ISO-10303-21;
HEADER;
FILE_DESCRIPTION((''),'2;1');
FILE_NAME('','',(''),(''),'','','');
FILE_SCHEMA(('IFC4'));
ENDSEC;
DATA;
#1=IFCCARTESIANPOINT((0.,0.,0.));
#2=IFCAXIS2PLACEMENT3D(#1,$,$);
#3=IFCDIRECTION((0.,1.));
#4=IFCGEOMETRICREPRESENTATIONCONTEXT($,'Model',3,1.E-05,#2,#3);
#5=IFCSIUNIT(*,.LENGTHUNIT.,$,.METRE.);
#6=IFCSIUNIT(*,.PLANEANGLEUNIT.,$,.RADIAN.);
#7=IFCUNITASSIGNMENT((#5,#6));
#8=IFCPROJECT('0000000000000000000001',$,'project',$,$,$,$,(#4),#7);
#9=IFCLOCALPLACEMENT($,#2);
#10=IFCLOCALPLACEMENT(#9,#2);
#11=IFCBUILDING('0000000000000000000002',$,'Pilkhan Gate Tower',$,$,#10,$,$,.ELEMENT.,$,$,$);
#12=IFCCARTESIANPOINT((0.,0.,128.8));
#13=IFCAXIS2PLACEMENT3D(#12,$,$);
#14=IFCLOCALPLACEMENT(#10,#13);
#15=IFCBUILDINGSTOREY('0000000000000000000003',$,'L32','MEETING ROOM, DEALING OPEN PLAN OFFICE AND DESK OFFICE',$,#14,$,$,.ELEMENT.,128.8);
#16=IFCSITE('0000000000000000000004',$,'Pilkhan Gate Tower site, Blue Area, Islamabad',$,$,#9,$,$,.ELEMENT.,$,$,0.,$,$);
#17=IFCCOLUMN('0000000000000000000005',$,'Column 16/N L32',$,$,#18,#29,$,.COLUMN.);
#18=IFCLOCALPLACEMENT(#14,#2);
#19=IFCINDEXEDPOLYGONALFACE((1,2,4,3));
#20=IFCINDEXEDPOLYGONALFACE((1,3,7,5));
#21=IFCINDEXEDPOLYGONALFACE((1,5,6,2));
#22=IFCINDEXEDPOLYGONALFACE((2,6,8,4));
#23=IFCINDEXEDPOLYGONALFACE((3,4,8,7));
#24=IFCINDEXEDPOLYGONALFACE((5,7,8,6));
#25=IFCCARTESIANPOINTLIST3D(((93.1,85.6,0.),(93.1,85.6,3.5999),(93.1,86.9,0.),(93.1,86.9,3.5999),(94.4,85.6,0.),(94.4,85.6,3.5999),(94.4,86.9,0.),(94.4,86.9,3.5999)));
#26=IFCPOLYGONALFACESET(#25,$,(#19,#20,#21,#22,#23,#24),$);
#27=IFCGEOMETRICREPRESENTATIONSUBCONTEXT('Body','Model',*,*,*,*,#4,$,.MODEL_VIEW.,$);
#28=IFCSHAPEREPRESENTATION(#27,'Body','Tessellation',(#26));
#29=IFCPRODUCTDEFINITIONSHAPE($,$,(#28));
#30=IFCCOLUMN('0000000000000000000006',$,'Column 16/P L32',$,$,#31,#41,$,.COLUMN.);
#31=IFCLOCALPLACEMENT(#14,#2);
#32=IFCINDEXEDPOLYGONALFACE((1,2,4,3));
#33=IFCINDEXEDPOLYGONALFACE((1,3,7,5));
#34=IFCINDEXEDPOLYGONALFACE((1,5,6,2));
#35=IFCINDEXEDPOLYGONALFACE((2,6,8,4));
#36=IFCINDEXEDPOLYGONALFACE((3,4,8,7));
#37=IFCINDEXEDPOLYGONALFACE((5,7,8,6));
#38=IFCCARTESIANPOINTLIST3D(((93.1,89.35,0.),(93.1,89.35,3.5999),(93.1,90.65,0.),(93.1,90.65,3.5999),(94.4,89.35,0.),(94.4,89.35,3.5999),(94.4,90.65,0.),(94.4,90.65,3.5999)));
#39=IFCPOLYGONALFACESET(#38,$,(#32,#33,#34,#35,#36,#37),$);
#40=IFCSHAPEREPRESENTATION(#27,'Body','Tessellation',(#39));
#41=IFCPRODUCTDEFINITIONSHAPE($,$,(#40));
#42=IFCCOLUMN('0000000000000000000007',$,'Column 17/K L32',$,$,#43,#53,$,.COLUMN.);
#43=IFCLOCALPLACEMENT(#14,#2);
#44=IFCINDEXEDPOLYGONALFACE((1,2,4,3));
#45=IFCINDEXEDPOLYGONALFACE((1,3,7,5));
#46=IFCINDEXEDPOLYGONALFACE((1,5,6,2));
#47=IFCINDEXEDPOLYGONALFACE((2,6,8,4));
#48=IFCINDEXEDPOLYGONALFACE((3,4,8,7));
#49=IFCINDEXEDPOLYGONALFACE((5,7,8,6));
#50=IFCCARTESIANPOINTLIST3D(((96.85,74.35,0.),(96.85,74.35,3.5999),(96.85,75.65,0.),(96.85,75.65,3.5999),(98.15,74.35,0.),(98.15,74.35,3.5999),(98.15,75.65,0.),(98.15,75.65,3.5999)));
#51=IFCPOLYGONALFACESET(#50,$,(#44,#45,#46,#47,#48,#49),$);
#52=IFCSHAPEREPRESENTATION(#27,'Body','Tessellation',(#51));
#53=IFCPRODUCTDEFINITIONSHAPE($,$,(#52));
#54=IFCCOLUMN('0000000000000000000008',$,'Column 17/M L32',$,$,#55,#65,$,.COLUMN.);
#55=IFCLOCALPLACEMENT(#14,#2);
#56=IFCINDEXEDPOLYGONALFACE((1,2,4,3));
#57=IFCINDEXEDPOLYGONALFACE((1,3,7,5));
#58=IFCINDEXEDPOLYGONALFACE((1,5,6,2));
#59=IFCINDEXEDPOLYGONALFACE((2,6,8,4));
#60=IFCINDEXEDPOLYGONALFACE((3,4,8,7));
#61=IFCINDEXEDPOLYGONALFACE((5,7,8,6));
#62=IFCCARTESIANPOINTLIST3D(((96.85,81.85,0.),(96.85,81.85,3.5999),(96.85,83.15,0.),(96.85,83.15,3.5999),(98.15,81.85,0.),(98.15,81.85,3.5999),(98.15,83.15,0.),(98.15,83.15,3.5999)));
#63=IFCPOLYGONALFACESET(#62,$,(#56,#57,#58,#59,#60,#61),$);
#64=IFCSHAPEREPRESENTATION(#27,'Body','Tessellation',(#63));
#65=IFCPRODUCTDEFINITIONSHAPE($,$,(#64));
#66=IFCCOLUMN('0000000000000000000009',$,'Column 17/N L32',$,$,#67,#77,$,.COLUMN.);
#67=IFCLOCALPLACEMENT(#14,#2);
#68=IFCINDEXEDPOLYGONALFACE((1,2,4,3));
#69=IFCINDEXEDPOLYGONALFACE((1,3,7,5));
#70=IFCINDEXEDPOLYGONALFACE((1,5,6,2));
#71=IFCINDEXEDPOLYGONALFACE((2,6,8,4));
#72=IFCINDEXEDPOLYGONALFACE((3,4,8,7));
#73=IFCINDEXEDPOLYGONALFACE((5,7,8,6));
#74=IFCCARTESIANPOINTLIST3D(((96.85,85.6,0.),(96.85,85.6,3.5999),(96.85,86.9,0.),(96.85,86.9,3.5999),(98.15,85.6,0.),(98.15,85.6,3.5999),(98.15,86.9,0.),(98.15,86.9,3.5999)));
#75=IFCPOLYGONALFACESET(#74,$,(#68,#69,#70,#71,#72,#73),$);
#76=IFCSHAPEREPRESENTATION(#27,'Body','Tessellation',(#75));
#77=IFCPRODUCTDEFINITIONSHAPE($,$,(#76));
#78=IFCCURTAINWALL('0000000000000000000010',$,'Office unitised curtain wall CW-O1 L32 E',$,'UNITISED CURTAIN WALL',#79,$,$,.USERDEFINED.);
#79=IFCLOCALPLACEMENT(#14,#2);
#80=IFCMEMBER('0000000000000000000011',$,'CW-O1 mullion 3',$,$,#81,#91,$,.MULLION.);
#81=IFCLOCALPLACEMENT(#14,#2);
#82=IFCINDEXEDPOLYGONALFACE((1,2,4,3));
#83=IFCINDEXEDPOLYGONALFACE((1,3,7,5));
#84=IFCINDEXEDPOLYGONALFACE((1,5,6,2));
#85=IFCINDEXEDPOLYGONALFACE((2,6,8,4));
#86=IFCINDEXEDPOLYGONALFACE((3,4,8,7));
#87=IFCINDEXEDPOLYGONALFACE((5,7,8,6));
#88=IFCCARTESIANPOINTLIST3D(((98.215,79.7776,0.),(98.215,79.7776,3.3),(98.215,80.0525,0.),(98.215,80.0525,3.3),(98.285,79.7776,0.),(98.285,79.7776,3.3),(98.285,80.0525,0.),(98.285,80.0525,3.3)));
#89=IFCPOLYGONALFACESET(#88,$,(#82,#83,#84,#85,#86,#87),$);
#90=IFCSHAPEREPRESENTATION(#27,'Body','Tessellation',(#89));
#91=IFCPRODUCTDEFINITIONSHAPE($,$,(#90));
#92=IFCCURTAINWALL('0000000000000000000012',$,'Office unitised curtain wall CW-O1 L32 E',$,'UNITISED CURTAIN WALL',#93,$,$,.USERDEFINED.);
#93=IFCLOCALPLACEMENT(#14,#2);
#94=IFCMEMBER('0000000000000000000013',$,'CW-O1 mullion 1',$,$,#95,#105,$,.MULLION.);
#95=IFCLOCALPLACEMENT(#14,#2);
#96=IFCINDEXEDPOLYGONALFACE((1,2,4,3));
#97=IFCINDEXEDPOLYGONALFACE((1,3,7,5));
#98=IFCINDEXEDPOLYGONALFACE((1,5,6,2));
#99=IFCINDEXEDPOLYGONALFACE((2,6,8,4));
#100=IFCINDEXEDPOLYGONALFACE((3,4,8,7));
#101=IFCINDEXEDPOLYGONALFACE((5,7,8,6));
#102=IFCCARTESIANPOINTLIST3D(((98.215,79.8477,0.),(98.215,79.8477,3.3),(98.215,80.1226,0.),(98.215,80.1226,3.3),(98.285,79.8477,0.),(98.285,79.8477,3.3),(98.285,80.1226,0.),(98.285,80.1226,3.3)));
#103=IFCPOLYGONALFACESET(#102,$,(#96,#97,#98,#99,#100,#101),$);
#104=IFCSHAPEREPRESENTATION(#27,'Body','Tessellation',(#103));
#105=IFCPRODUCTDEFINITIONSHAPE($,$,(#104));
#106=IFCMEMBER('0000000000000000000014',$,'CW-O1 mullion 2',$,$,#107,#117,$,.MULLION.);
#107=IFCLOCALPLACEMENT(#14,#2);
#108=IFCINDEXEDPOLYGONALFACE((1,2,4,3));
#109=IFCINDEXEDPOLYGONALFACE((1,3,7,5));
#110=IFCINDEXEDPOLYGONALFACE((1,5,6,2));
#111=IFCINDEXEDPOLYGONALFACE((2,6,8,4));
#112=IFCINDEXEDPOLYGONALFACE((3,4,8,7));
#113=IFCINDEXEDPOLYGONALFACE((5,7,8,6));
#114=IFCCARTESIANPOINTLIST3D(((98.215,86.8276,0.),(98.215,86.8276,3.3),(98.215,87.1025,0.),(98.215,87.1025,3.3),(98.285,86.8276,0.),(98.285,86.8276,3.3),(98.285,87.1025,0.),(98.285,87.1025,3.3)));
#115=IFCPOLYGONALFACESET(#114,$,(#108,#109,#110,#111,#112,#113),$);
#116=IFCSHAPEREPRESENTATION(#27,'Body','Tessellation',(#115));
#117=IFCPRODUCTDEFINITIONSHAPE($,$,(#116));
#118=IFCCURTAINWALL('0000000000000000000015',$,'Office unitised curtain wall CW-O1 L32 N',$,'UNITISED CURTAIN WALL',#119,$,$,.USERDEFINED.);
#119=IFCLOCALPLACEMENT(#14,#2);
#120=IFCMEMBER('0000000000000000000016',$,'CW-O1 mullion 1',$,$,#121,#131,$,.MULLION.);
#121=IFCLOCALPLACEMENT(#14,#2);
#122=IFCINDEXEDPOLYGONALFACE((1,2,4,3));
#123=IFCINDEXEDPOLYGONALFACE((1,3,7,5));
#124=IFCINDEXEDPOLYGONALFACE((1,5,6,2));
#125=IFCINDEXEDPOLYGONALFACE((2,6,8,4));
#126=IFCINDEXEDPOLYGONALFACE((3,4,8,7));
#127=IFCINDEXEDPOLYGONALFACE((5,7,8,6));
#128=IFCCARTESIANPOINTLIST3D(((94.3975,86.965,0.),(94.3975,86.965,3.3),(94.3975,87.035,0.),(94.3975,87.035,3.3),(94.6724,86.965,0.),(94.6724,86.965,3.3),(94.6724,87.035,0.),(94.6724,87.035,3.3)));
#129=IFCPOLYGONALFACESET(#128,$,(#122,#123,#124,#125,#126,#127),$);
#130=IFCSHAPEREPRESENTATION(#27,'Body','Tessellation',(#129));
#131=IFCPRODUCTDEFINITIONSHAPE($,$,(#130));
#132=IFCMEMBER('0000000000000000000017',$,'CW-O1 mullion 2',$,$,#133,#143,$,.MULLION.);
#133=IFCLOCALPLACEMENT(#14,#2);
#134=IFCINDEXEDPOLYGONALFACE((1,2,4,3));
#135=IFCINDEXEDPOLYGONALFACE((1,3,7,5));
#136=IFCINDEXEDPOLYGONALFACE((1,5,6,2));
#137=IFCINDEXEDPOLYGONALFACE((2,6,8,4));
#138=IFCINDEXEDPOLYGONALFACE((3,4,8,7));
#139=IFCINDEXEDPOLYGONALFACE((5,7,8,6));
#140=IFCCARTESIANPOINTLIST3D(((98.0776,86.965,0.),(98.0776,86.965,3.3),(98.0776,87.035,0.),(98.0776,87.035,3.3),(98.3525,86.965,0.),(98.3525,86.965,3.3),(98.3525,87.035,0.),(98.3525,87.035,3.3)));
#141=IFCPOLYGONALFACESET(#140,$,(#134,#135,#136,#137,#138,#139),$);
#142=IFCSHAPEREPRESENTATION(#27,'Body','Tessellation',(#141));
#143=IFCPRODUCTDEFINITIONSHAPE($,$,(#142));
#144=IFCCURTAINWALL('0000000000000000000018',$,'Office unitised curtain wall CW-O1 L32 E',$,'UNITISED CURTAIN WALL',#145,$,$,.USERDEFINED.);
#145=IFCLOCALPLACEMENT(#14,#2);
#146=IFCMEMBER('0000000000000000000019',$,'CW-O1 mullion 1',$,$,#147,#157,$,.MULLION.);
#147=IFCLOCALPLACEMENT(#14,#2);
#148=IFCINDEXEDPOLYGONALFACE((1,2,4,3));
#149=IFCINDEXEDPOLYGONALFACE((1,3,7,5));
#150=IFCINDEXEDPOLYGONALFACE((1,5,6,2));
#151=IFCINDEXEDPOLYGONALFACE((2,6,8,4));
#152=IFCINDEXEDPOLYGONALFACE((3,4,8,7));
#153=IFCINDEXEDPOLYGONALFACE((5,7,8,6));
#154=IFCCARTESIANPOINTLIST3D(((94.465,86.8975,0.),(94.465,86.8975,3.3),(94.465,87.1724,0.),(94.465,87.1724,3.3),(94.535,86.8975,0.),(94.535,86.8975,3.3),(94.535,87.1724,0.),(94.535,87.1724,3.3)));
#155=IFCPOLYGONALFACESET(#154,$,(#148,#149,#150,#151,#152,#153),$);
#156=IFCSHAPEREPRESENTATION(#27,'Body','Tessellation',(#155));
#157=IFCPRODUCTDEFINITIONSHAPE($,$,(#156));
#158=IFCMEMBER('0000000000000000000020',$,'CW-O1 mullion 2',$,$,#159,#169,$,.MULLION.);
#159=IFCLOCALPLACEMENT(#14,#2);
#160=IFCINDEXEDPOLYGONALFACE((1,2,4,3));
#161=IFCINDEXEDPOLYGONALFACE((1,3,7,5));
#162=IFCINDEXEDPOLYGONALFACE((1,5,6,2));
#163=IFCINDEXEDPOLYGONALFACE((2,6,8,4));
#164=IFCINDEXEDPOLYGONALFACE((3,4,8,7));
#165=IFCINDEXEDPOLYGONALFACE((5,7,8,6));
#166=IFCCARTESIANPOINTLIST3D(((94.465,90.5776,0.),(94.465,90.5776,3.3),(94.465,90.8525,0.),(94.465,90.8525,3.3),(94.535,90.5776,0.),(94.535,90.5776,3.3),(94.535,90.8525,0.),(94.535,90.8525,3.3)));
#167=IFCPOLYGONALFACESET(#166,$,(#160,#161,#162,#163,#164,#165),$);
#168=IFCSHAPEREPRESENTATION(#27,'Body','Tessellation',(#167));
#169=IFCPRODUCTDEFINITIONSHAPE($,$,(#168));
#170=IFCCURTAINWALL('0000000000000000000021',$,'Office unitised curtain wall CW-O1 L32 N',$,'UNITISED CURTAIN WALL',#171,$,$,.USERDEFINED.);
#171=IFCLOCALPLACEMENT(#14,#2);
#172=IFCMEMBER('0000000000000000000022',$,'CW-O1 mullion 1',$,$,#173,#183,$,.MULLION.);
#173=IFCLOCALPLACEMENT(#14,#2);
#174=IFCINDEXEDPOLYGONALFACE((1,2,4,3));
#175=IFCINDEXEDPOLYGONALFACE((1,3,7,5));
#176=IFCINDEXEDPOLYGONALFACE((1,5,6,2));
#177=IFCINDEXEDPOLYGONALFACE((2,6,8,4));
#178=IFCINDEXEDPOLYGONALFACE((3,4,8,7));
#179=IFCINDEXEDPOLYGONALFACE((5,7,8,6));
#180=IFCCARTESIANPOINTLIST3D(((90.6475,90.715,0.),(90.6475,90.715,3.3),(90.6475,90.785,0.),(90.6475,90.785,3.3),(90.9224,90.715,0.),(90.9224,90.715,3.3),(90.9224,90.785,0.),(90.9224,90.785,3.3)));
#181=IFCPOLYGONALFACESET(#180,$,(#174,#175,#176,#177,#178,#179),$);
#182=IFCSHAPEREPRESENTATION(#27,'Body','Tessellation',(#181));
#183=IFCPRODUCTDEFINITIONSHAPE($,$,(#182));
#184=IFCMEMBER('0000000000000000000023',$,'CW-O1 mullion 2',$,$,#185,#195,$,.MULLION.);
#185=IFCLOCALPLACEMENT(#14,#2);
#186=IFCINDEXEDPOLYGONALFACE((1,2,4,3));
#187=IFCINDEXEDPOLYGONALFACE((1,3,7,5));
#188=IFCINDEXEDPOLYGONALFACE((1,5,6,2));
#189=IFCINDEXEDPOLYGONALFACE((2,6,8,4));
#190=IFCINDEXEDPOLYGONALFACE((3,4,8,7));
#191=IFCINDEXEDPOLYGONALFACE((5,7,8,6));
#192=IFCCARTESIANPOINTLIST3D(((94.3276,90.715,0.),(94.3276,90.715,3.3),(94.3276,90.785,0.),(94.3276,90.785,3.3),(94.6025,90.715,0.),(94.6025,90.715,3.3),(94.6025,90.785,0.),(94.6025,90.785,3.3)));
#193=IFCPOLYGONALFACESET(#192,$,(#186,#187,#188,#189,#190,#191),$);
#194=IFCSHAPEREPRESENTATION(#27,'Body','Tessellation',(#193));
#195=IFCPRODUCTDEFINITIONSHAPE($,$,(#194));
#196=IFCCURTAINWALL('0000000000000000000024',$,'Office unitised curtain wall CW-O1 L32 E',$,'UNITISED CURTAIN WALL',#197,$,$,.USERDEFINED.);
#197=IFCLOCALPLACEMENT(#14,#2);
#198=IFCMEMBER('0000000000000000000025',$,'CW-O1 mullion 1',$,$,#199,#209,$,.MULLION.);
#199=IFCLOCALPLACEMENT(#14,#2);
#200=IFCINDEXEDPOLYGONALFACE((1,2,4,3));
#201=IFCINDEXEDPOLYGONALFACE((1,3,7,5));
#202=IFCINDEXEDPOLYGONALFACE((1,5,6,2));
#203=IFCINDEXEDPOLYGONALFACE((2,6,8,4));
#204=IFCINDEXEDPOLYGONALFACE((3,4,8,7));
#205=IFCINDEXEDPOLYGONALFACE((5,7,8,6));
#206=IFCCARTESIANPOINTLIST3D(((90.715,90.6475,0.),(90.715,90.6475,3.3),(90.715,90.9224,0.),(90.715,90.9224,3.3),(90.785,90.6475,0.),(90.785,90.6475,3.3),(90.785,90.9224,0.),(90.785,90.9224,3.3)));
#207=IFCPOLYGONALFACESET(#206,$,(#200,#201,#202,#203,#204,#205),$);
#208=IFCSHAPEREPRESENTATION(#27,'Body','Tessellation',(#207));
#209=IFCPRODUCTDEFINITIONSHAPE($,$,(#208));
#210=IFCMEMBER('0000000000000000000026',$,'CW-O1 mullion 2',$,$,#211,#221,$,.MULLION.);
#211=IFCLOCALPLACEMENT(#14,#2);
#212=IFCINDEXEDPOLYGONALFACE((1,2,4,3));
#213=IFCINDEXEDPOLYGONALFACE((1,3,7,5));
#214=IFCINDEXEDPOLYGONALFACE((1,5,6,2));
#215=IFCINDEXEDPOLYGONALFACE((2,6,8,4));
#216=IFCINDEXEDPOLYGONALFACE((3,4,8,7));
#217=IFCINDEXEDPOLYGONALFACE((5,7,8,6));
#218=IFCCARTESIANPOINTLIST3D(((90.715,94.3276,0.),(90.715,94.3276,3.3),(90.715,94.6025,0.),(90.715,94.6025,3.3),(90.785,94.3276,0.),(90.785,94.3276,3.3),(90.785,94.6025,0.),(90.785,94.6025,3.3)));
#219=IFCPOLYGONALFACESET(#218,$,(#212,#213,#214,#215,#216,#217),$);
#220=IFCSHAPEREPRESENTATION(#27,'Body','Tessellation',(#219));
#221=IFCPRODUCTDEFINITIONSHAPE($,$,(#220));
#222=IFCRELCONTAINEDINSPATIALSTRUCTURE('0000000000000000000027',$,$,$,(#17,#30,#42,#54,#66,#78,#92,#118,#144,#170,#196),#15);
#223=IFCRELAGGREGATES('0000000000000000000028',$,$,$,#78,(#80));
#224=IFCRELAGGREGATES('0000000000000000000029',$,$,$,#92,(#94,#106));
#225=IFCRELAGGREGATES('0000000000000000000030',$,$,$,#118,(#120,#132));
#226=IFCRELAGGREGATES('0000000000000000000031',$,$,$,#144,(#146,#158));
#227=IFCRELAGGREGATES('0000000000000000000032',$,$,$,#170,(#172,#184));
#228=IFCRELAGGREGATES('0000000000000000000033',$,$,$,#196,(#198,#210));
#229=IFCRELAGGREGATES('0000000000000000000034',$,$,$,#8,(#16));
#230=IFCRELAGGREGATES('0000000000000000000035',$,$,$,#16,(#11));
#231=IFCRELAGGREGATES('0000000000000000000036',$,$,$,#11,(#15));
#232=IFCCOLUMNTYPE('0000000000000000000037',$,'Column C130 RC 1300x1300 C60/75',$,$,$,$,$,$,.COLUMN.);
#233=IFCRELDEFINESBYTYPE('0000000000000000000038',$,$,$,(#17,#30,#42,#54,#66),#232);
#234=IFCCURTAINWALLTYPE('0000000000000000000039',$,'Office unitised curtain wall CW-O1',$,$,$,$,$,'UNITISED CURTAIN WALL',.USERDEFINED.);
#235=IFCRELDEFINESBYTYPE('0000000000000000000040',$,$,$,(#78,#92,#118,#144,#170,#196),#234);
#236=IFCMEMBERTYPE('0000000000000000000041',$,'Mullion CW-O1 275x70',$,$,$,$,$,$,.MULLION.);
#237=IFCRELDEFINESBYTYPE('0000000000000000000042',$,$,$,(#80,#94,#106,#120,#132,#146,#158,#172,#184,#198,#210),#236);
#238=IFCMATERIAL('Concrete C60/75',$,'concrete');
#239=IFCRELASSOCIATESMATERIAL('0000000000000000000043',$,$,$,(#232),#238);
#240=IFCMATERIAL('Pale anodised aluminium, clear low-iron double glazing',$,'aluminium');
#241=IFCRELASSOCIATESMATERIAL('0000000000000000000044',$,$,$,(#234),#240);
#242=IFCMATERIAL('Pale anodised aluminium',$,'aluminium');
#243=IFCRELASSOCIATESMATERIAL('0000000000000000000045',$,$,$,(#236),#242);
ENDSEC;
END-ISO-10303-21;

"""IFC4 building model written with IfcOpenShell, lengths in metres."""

from ifc_helpers import new_model, si_unit, direction, frame, origin, origin_2d, place, context, subcontext, project, spatial, rectangle, extrude, material, material_profile, profile_set, type_object, element, aggregate, save


model = new_model("IFC4")

# Units and contexts
model_context = context("Model", 3, precision=1e-05, world=origin(), true_north=direction((0.0, 1.0)))
body_context = subcontext(model_context, "Body", "Model", "MODEL_VIEW")
ifc_project = project(units=[si_unit("LENGTHUNIT", "METRE"), si_unit("PLANEANGLEUNIT", "RADIAN")], contexts=[model_context])

# Site, building, storey
site_placement = place(None, origin())
site = spatial("IfcSite", under=ifc_project, at=site_placement, Name="Pilkhan Gate Tower site, Blue Area, Islamabad", CompositionType="ELEMENT", RefElevation=0.0)
building_placement = place(site_placement, origin())
building = spatial("IfcBuilding", under=site, at=building_placement, Name="Pilkhan Gate Tower", CompositionType="ELEMENT")
storey_placement = place(building_placement, frame((0.0, 0.0, 128.8)))
storey = spatial("IfcBuildingStorey", under=building, at=storey_placement, Name="L32", Description="MEETING ROOM, DEALING OPEN PLAN OFFICE AND DESK OFFICE", CompositionType="ELEMENT", Elevation=128.8)

# Columns
ifc_material_1 = material(Name="Concrete C60/75", Category="concrete")
ifc_material_profile_1 = material_profile(ifc_material_1, rectangle(XDim=1.3, YDim=1.3, at=origin_2d()), Name="RC 1300x1300")
ifc_profile_set_1 = profile_set([ifc_material_profile_1], Name="Concrete C60/75")
column_type = type_object("IfcColumnType", Name="Column C130 RC 1300x1300 C60/75", PredefinedType="COLUMN", material=ifc_profile_set_1)
for number, where, z_axis, x_axis, name in (
    (1, (93.75, 86.25, 0.0), (0.0, 0.0, 1.0), (1.0, 0.0, 0.0), "Column 16/N L32"),
    (2, (93.75, 90.0, 0.0), (0.0, 0.0, 1.0), (1.0, 0.0, 0.0), "Column 16/P L32"),
    (3, (97.5, 75.0, 0.0), (0.0, 0.0, 1.0), (1.0, 0.0, 0.0), "Column 17/K L32"),
    (4, (97.5, 82.5, 0.0), (0.0, 0.0, 1.0), (1.0, 0.0, 0.0), "Column 17/M L32"),
    (5, (97.5, 86.25, 0.0), (0.0, 0.0, 1.0), (1.0, 0.0, 0.0), "Column 17/N L32"),
):
    element("IfcColumn", number, at=place(storey_placement, frame(where, z_axis=z_axis, x_axis=x_axis)), inside=storey, type_object=column_type, Name=name, PredefinedType="COLUMN", context=body_context, shape_type="SweptSolid", body=[
        extrude(rectangle(XDim=1.3, YDim=1.3, at=origin_2d()), origin(), (0.0, 0.0, 1.0), 3.5999),
    ])

# Curtain wall, member
ifc_material_2 = material(Name="Pale anodised aluminium, clear low-iron double glazing", Category="aluminium")
curtain_wall_type = type_object("IfcCurtainWallType", Name="Office unitised curtain wall CW-O1", ElementType="UNITISED CURTAIN WALL", PredefinedType="USERDEFINED", material=ifc_material_2)
curtain_wall_1_placement = place(storey_placement, origin())
curtain_wall_1 = element("IfcCurtainWall", 6, at=curtain_wall_1_placement, inside=storey, type_object=curtain_wall_type, Name="Office unitised curtain wall CW-O1 L32 E", ObjectType="UNITISED CURTAIN WALL", PredefinedType="USERDEFINED")
ifc_material_3 = material(Name="Pale anodised aluminium", Category="aluminium")
ifc_material_profile_2 = material_profile(ifc_material_3, rectangle(XDim=0.0701, YDim=0.2749, at=origin_2d()), Name="Mullion 275x70")
ifc_profile_set_2 = profile_set([ifc_material_profile_2], Name="Pale anodised aluminium")
member_type_1 = type_object("IfcMemberType", Name="Mullion CW-O1 275x70", PredefinedType="MULLION", material=ifc_profile_set_2)
member_1_placement = place(storey_placement, frame((98.25, 79.915, 0.0), z_axis=(0.0, 0.0, 1.0), x_axis=(-1.0, 0.0, 0.0)))
member_1 = element("IfcMember", 7, at=member_1_placement, type_object=member_type_1, Name="CW-O1 mullion 3", PredefinedType="MULLION", context=body_context, shape_type="SweptSolid", body=[
    extrude(rectangle(XDim=0.0701, YDim=0.2749, at=origin_2d()), origin(), (0.0, 0.0, 1.0), 3.3),
])

# Curtain walls, members
curtain_wall_2_placement = place(storey_placement, origin())
curtain_wall_2 = element("IfcCurtainWall", 8, at=curtain_wall_2_placement, inside=storey, type_object=curtain_wall_type, Name="Office unitised curtain wall CW-O1 L32 E", ObjectType="UNITISED CURTAIN WALL", PredefinedType="USERDEFINED")
member_2_placement = place(storey_placement, frame((98.25, 79.9851, 0.0), z_axis=(0.0, 0.0, 1.0), x_axis=(-1.0, 0.0, 0.0)))
member_2 = element("IfcMember", 9, at=member_2_placement, type_object=member_type_1, Name="CW-O1 mullion 1", PredefinedType="MULLION", context=body_context, shape_type="SweptSolid", body=[
    extrude(rectangle(XDim=0.0701, YDim=0.2749, at=origin_2d()), origin(), (0.0, 0.0, 1.0), 3.3),
])
member_3_placement = place(storey_placement, frame((98.25, 86.9651, 0.0), z_axis=(0.0, 0.0, 1.0), x_axis=(-1.0, 0.0, 0.0)))
member_3 = element("IfcMember", 10, at=member_3_placement, type_object=member_type_1, Name="CW-O1 mullion 2", PredefinedType="MULLION", context=body_context, shape_type="SweptSolid", body=[
    extrude(rectangle(XDim=0.0701, YDim=0.2749, at=origin_2d()), origin(), (0.0, 0.0, 1.0), 3.3),
])
curtain_wall_3_placement = place(storey_placement, origin())
curtain_wall_3 = element("IfcCurtainWall", 11, at=curtain_wall_3_placement, inside=storey, type_object=curtain_wall_type, Name="Office unitised curtain wall CW-O1 L32 N", ObjectType="UNITISED CURTAIN WALL", PredefinedType="USERDEFINED")
member_4_placement = place(storey_placement, frame((94.5349, 87.0, 0.0), z_axis=(0.0, 0.0, 1.0), x_axis=(0.0, 1.0, 0.0)))
member_4 = element("IfcMember", 12, at=member_4_placement, type_object=member_type_1, Name="CW-O1 mullion 1", PredefinedType="MULLION", context=body_context, shape_type="SweptSolid", body=[
    extrude(rectangle(XDim=0.0701, YDim=0.2749, at=origin_2d()), origin(), (0.0, 0.0, 1.0), 3.3),
])
member_5_placement = place(storey_placement, frame((98.2151, 87.0, 0.0), z_axis=(0.0, 0.0, 1.0), x_axis=(0.0, 1.0, 0.0)))
member_5 = element("IfcMember", 13, at=member_5_placement, type_object=member_type_1, Name="CW-O1 mullion 2", PredefinedType="MULLION", context=body_context, shape_type="SweptSolid", body=[
    extrude(rectangle(XDim=0.0701, YDim=0.2749, at=origin_2d()), origin(), (0.0, 0.0, 1.0), 3.3),
])
curtain_wall_4_placement = place(storey_placement, origin())
curtain_wall_4 = element("IfcCurtainWall", 14, at=curtain_wall_4_placement, inside=storey, type_object=curtain_wall_type, Name="Office unitised curtain wall CW-O1 L32 E", ObjectType="UNITISED CURTAIN WALL", PredefinedType="USERDEFINED")
member_6_placement = place(storey_placement, frame((94.5, 87.0349, 0.0), z_axis=(0.0, 0.0, 1.0), x_axis=(-1.0, 0.0, 0.0)))
member_6 = element("IfcMember", 15, at=member_6_placement, type_object=member_type_1, Name="CW-O1 mullion 1", PredefinedType="MULLION", context=body_context, shape_type="SweptSolid", body=[
    extrude(rectangle(XDim=0.0701, YDim=0.2749, at=origin_2d()), origin(), (0.0, 0.0, 1.0), 3.3),
])
member_7_placement = place(storey_placement, frame((94.5, 90.7151, 0.0), z_axis=(0.0, 0.0, 1.0), x_axis=(-1.0, 0.0, 0.0)))
member_7 = element("IfcMember", 16, at=member_7_placement, type_object=member_type_1, Name="CW-O1 mullion 2", PredefinedType="MULLION", context=body_context, shape_type="SweptSolid", body=[
    extrude(rectangle(XDim=0.0701, YDim=0.2749, at=origin_2d()), origin(), (0.0, 0.0, 1.0), 3.3),
])
curtain_wall_5_placement = place(storey_placement, origin())
curtain_wall_5 = element("IfcCurtainWall", 17, at=curtain_wall_5_placement, inside=storey, type_object=curtain_wall_type, Name="Office unitised curtain wall CW-O1 L32 N", ObjectType="UNITISED CURTAIN WALL", PredefinedType="USERDEFINED")
member_8_placement = place(storey_placement, frame((90.7849, 90.75, 0.0), z_axis=(0.0, 0.0, 1.0), x_axis=(0.0, 1.0, 0.0)))
member_8 = element("IfcMember", 18, at=member_8_placement, type_object=member_type_1, Name="CW-O1 mullion 1", PredefinedType="MULLION", context=body_context, shape_type="SweptSolid", body=[
    extrude(rectangle(XDim=0.0701, YDim=0.2749, at=origin_2d()), origin(), (0.0, 0.0, 1.0), 3.3),
])
member_9_placement = place(storey_placement, frame((94.4651, 90.75, 0.0), z_axis=(0.0, 0.0, 1.0), x_axis=(0.0, 1.0, 0.0)))
member_9 = element("IfcMember", 19, at=member_9_placement, type_object=member_type_1, Name="CW-O1 mullion 2", PredefinedType="MULLION", context=body_context, shape_type="SweptSolid", body=[
    extrude(rectangle(XDim=0.0701, YDim=0.2749, at=origin_2d()), origin(), (0.0, 0.0, 1.0), 3.3),
])
curtain_wall_6_placement = place(storey_placement, origin())
curtain_wall_6 = element("IfcCurtainWall", 20, at=curtain_wall_6_placement, inside=storey, type_object=curtain_wall_type, Name="Office unitised curtain wall CW-O1 L32 E", ObjectType="UNITISED CURTAIN WALL", PredefinedType="USERDEFINED")
member_10_placement = place(storey_placement, frame((90.75, 90.7849, 0.0), z_axis=(0.0, 0.0, 1.0), x_axis=(-1.0, 0.0, 0.0)))
member_10 = element("IfcMember", 21, at=member_10_placement, type_object=member_type_1, Name="CW-O1 mullion 1", PredefinedType="MULLION", context=body_context, shape_type="SweptSolid", body=[
    extrude(rectangle(XDim=0.0701, YDim=0.2749, at=origin_2d()), origin(), (0.0, 0.0, 1.0), 3.3),
])
member_11_placement = place(storey_placement, frame((90.75, 94.4651, 0.0), z_axis=(0.0, 0.0, 1.0), x_axis=(-1.0, 0.0, 0.0)))
member_11 = element("IfcMember", 22, at=member_11_placement, type_object=member_type_1, Name="CW-O1 mullion 2", PredefinedType="MULLION", context=body_context, shape_type="SweptSolid", body=[
    extrude(rectangle(XDim=0.0701, YDim=0.2749, at=origin_2d()), origin(), (0.0, 0.0, 1.0), 3.3),
])

aggregate(curtain_wall_1, [member_1])
aggregate(curtain_wall_2, [member_2, member_3])
aggregate(curtain_wall_3, [member_4, member_5])
aggregate(curtain_wall_4, [member_6, member_7])
aggregate(curtain_wall_5, [member_8, member_9])
aggregate(curtain_wall_6, [member_10, member_11])

save(model, "model.ifc")
